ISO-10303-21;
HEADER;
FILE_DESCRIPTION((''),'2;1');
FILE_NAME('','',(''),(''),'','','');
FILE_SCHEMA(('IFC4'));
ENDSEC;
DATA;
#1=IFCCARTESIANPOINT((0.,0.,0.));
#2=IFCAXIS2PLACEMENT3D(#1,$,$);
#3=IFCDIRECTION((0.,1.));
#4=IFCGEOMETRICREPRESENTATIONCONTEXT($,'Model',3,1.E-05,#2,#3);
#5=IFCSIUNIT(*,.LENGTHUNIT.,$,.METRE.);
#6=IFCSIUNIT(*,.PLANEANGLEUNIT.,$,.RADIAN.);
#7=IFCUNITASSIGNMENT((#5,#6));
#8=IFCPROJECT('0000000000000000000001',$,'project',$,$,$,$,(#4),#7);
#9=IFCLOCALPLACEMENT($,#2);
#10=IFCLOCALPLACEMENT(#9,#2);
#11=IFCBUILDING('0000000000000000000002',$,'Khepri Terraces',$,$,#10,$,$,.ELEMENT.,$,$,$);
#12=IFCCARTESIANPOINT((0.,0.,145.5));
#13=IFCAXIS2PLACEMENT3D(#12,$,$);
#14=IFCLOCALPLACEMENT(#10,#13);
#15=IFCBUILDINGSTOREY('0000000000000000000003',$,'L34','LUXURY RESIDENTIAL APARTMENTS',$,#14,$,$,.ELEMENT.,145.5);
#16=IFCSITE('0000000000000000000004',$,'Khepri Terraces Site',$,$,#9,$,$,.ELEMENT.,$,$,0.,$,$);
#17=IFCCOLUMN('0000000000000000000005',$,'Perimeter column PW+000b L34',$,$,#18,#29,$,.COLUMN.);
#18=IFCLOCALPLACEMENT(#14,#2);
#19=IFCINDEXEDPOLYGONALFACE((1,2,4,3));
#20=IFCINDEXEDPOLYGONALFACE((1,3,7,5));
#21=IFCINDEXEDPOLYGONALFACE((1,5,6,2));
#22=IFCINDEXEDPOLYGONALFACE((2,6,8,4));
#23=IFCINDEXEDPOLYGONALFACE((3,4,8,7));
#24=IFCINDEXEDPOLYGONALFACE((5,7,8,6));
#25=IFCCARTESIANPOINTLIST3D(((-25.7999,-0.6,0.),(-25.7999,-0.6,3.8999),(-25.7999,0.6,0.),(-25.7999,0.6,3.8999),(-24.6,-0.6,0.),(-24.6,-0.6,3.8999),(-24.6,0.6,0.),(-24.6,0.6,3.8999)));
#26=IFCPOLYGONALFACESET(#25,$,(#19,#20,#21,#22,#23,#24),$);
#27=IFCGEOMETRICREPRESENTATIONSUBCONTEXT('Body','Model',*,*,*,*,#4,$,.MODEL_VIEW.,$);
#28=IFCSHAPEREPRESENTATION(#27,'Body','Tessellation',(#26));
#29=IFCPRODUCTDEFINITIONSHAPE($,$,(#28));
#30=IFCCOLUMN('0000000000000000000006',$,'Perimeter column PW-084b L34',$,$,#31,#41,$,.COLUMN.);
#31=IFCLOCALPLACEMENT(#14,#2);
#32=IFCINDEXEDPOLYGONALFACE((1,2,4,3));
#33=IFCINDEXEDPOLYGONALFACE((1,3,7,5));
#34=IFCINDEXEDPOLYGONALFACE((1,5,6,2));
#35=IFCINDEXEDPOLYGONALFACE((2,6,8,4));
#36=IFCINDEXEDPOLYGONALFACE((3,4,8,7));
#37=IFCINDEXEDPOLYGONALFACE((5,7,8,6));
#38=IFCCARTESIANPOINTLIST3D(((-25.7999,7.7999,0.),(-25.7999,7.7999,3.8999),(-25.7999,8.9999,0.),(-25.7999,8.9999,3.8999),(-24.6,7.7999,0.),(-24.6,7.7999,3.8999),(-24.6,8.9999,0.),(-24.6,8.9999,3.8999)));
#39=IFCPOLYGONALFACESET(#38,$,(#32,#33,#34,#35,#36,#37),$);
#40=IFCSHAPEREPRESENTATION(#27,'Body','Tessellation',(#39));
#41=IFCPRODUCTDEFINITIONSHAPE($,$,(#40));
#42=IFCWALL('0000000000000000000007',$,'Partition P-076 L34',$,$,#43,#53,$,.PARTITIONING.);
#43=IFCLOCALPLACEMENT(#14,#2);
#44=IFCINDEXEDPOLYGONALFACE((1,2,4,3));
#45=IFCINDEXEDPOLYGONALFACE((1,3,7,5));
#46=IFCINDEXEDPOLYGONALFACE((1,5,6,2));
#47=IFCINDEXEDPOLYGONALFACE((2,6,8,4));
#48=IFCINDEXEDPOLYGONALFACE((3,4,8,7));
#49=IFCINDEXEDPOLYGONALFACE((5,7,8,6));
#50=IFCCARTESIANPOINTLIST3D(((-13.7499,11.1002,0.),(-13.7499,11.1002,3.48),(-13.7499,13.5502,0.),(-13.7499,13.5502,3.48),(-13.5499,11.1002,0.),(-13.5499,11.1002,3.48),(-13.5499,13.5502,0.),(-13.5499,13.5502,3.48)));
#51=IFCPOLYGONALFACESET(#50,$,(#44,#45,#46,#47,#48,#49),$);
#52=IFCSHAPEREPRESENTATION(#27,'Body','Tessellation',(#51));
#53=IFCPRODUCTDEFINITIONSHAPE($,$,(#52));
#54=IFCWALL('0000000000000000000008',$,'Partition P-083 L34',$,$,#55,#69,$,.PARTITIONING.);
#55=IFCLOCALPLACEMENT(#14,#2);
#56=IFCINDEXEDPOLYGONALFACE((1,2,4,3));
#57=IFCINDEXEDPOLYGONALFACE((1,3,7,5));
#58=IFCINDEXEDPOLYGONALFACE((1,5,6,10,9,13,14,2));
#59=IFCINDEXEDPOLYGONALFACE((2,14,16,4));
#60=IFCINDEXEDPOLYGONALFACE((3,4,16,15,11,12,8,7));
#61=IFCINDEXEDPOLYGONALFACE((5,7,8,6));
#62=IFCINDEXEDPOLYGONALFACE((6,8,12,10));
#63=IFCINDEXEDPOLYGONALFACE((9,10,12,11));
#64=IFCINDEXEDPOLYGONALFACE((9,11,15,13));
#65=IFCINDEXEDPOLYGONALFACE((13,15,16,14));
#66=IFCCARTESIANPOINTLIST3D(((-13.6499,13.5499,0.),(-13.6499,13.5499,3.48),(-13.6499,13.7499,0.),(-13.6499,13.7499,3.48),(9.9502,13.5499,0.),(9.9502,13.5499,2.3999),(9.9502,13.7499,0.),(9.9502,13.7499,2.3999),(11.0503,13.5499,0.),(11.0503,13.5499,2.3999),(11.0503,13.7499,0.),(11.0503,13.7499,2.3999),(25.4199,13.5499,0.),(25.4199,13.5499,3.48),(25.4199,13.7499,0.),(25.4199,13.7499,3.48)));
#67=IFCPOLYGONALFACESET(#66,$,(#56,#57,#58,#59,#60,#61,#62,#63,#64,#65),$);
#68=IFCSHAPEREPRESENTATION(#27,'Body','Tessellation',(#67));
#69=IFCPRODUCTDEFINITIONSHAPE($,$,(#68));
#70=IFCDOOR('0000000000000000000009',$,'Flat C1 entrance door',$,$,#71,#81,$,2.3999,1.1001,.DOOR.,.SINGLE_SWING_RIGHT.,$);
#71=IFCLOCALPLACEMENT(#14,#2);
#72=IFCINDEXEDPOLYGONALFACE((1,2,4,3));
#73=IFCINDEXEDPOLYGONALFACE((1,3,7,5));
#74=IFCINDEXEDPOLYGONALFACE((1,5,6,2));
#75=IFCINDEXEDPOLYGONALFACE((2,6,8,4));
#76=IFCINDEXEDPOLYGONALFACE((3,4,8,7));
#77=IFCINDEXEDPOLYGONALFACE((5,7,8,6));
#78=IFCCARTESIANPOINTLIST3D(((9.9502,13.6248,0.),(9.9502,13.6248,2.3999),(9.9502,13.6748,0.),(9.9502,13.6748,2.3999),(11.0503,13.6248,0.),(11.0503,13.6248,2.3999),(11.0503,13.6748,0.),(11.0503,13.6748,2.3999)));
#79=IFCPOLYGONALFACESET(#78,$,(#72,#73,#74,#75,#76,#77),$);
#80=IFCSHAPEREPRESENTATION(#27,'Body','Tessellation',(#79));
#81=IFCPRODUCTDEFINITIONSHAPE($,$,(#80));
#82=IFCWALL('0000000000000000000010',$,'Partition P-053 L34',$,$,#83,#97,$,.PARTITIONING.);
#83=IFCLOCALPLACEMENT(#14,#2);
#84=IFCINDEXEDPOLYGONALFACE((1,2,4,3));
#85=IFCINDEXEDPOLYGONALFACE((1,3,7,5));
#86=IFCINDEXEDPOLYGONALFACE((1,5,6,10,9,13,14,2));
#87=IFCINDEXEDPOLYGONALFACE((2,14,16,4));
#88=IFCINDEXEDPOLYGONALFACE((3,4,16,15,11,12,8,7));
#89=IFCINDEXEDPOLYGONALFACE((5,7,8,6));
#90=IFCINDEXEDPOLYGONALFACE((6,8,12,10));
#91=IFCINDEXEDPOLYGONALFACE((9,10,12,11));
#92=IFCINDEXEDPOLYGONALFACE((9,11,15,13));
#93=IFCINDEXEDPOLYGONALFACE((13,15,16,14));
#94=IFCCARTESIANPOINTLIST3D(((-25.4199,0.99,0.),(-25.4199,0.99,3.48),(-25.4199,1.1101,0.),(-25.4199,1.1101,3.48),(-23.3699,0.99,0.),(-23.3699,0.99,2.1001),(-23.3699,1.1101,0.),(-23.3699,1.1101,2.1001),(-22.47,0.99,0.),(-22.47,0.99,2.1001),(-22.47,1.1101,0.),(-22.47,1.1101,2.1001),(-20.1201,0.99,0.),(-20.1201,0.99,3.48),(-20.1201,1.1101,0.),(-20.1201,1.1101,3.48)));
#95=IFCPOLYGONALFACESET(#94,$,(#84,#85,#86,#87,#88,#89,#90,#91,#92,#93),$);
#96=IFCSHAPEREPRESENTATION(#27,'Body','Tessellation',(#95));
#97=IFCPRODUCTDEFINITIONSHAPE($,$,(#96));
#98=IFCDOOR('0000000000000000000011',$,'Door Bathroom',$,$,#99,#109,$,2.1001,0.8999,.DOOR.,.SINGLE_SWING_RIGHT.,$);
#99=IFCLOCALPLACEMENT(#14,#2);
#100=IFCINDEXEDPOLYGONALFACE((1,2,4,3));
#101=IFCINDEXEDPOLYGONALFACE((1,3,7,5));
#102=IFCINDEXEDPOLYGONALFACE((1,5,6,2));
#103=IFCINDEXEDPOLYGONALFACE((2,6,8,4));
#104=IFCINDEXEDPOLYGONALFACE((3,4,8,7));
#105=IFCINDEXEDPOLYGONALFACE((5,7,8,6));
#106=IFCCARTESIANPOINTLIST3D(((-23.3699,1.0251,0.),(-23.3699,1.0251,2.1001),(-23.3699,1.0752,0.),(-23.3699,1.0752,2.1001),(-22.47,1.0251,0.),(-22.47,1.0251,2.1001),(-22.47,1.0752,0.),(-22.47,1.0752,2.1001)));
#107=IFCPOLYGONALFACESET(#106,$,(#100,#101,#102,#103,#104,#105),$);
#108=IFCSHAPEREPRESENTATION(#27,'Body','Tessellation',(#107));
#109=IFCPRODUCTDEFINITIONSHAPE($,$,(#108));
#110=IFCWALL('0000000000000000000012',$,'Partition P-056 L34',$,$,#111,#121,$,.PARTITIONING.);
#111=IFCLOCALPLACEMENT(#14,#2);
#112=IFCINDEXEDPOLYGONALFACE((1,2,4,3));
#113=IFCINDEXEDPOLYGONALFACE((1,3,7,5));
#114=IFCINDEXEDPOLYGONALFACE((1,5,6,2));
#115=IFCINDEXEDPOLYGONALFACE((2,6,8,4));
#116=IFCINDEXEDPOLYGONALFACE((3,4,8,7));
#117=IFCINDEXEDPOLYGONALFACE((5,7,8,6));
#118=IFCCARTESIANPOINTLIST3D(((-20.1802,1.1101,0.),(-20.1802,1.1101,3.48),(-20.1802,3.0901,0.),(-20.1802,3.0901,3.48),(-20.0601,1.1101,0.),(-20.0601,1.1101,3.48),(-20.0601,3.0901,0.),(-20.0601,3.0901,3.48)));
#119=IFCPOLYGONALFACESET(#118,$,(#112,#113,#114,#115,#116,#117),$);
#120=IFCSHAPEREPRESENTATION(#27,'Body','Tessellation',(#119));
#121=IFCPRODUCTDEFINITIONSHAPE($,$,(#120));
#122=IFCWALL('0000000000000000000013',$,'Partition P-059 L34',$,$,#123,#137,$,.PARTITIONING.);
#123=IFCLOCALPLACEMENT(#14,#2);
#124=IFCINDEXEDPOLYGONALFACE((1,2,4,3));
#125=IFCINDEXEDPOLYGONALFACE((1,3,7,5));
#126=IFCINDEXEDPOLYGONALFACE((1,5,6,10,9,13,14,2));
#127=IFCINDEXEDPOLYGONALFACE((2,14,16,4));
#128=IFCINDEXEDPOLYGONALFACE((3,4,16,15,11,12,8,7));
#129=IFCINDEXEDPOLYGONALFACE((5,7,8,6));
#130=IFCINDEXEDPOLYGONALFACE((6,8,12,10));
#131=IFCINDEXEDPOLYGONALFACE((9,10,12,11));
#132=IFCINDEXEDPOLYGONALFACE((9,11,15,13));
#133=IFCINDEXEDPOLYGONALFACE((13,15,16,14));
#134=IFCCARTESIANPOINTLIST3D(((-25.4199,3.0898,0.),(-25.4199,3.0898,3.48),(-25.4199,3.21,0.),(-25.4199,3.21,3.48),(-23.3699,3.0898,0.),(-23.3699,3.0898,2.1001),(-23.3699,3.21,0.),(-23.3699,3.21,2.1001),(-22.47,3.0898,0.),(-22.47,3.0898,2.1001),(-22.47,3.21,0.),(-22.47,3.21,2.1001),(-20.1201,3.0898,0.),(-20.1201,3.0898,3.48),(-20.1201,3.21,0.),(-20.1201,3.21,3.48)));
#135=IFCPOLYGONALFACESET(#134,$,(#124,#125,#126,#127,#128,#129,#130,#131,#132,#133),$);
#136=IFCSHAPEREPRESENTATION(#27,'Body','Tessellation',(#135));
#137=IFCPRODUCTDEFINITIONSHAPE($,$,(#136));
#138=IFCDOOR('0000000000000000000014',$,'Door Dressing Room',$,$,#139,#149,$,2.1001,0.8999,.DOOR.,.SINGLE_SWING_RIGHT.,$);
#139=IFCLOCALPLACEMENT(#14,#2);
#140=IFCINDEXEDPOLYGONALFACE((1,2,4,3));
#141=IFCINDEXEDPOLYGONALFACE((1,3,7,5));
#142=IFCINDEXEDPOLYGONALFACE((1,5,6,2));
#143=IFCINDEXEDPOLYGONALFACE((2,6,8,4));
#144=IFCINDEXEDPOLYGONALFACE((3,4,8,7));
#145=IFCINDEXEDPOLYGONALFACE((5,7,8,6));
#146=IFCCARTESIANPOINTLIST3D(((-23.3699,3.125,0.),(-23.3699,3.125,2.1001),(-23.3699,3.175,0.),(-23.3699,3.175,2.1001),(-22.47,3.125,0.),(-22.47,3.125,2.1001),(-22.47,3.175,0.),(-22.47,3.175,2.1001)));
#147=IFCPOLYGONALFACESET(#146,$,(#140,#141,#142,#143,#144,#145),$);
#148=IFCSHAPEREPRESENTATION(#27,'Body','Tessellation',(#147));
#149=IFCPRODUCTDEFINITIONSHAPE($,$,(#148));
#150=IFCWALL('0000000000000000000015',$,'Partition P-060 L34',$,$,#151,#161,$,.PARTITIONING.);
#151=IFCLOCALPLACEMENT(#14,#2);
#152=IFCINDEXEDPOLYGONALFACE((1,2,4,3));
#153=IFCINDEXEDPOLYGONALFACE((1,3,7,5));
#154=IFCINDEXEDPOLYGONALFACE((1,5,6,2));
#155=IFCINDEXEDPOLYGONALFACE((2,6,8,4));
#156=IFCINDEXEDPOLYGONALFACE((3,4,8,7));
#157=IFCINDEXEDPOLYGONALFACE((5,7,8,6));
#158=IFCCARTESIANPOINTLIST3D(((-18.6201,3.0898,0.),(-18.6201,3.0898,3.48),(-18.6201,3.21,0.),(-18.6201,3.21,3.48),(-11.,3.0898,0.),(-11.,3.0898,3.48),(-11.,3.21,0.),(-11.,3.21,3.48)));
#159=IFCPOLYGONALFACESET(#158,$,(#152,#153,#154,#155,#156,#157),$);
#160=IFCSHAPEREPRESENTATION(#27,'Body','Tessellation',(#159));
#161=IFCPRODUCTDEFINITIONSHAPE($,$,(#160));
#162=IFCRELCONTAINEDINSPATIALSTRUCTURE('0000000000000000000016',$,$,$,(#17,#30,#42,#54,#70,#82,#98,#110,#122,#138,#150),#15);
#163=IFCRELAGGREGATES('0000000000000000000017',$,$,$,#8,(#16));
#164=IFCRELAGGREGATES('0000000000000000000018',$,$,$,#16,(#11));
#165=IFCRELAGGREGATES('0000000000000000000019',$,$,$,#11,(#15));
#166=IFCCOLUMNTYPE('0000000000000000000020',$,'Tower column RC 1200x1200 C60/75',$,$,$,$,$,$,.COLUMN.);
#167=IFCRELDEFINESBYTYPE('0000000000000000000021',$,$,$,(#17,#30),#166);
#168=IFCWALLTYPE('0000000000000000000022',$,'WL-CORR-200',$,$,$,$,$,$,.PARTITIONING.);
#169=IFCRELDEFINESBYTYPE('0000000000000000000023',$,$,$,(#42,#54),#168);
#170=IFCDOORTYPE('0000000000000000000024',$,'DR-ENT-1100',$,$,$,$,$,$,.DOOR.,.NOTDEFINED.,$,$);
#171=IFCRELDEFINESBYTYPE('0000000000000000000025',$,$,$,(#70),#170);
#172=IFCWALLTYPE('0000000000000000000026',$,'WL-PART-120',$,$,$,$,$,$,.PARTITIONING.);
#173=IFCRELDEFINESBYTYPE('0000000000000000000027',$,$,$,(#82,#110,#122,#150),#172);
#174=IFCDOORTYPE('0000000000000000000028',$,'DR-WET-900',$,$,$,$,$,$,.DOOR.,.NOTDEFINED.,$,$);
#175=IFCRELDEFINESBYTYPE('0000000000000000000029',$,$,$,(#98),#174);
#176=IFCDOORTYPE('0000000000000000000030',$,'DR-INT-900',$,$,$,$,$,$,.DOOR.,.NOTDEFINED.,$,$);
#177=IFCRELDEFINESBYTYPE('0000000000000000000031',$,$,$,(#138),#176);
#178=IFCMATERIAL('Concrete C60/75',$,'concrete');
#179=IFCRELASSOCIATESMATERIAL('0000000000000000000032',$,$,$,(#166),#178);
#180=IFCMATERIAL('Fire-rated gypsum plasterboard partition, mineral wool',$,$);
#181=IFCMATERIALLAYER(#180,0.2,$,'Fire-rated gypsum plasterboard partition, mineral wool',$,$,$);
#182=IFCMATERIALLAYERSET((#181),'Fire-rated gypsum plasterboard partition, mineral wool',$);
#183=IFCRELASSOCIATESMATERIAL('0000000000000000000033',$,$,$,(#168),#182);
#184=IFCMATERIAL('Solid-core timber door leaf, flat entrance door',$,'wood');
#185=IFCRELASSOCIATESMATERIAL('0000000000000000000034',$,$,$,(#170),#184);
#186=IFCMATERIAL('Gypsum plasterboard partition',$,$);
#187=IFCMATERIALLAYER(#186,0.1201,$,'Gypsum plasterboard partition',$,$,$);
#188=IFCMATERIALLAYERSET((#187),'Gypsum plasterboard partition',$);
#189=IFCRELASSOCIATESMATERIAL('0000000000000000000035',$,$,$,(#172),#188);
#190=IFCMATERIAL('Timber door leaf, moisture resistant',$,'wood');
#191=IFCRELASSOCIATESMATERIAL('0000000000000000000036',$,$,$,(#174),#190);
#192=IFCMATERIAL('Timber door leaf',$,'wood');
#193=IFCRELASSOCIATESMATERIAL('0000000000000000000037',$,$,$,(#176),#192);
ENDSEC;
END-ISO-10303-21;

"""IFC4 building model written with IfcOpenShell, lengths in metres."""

from ifc_helpers import new_model, si_unit, direction, frame, frame_2d, origin, origin_2d, place, context, subcontext, project, spatial, rectangle, extrude, material, layer, layer_set, material_profile, profile_set, type_object, element, fill, save


model = new_model("IFC4")

# Units and contexts
model_context = context("Model", 3, precision=1e-05, world=origin(), true_north=direction((0.0, 1.0)))
body_context = subcontext(model_context, "Body", "Model", "MODEL_VIEW")
ifc_project = project(units=[si_unit("LENGTHUNIT", "METRE"), si_unit("PLANEANGLEUNIT", "RADIAN")], contexts=[model_context])

# Site, building, storey
site_placement = place(None, origin())
site = spatial("IfcSite", under=ifc_project, at=site_placement, Name="Khepri Terraces Site", CompositionType="ELEMENT", RefElevation=0.0)
building_placement = place(site_placement, origin())
building = spatial("IfcBuilding", under=site, at=building_placement, Name="Khepri Terraces", CompositionType="ELEMENT")
storey_placement = place(building_placement, frame((0.0, 0.0, 145.5)))
storey = spatial("IfcBuildingStorey", under=building, at=storey_placement, Name="L34", Description="LUXURY RESIDENTIAL APARTMENTS", CompositionType="ELEMENT", Elevation=145.5)

# Columns
ifc_material_1 = material(Name="Concrete C60/75", Category="concrete")
ifc_material_profile = material_profile(ifc_material_1, rectangle(XDim=1.2, YDim=1.2, at=origin_2d()), Name="Concrete C60/75", Category="concrete")
ifc_profile_set = profile_set([ifc_material_profile], Name="Concrete C60/75")
column_type = type_object("IfcColumnType", Name="Tower column RC 1200x1200 C60/75", PredefinedType="COLUMN", material=ifc_profile_set)
for number, where, z_axis, x_axis, name in (
    (1, (-25.2, 0.0, 0.0), (0.0, 0.0, 1.0), (1.0, 0.0, 0.0), "Perimeter column PW+000b L34"),
    (2, (-25.2, 8.3999, 0.0), (0.0, 0.0, 1.0), (1.0, 0.0, 0.0), "Perimeter column PW-084b L34"),
):
    element("IfcColumn", number, at=place(storey_placement, frame(where, z_axis=z_axis, x_axis=x_axis)), inside=storey, type_object=column_type, Name=name, PredefinedType="COLUMN", context=body_context, shape_type="SweptSolid", body=[
        extrude(rectangle(XDim=1.2, YDim=1.2, at=origin_2d()), origin(), (0.0, 0.0, 1.0), 3.8999),
    ])

# Shared definitions
ifc_material_2 = material(Name="Fire-rated gypsum plasterboard partition, mineral wool")
ifc_layer_1 = layer(ifc_material_2, 0.2, Name="Fire-rated gypsum plasterboard partition, mineral wool")
ifc_layer_set_1 = layer_set([ifc_layer_1], Name="Fire-rated gypsum plasterboard partition, mineral wool")
wall_type_1 = type_object("IfcWallType", Name="WL-CORR-200", PredefinedType="PARTITIONING", material=ifc_layer_set_1)
ifc_material_3 = material(Name="Solid-core timber door leaf, flat entrance door", Category="wood")
door_type_1 = type_object("IfcDoorType", Name="DR-ENT-1100", OperationType="NOTDEFINED", PredefinedType="DOOR", material=ifc_material_3)

# Wall
wall_1_placement = place(storey_placement, frame((-13.6499, 11.1001, 0.0), z_axis=(0.0, 0.0, 1.0), x_axis=(0.0, 1.0, 0.0)))
element("IfcWall", 3, at=wall_1_placement, inside=storey, type_object=wall_type_1, Name="Partition P-076 L34", PredefinedType="PARTITIONING", context=body_context, shape_type="SweptSolid", body=[
    extrude(rectangle(XDim=2.45, YDim=0.2, at=frame_2d((1.2251, 0.0))), origin(), (0.0, 0.0, 1.0), 3.48),
])

# Wall, opening, door
wall_2_placement = place(storey_placement, frame((-13.6499, 13.6499, 0.0), z_axis=(0.0, 0.0, 1.0), x_axis=(1.0, 0.0, 0.0)))
wall_2 = element("IfcWall", 4, at=wall_2_placement, inside=storey, type_object=wall_type_1, Name="Partition P-083 L34", PredefinedType="PARTITIONING", context=body_context, shape_type="SweptSolid", body=[
    extrude(rectangle(XDim=39.0698, YDim=0.2, at=frame_2d((19.5349, 0.0))), origin(), (0.0, 0.0, 1.0), 3.48),
])
opening_1_placement = place(wall_2_placement, frame((23.6001, 0.0, 0.0)))
opening_1 = element("IfcOpeningElement", 5, at=opening_1_placement, cuts=wall_2, PredefinedType="OPENING", context=body_context, shape_type="SweptSolid", body=[
    extrude(rectangle(XDim=1.1001, YDim=2.3999, at=frame_2d((0.55, 1.2))), frame((0.0, 0.1099, 0.0), z_axis=(0.0, -1.0, 0.0), x_axis=(1.0, 0.0, 0.0)), (0.0, 0.0, 1.0), 0.22),
])
door_1_placement = place(opening_1_placement, origin())
door_1 = element("IfcDoor", 6, at=door_1_placement, inside=storey, type_object=door_type_1, Name="Flat C1 entrance door", OperationType="SINGLE_SWING_RIGHT", OverallHeight=2.3999, OverallWidth=1.1001, PredefinedType="DOOR", context=body_context, shape_type="SweptSolid", body=[
    extrude(rectangle(XDim=1.1001, YDim=2.3999, at=frame_2d((0.55, 1.2))), frame((0.0, 0.0249, 0.0), z_axis=(0.0, -1.0, 0.0), x_axis=(1.0, 0.0, 0.0)), (0.0, 0.0, 1.0), 0.05),
])
fill(opening_1, door_1)

# Wall, opening, door
ifc_material_4 = material(Name="Gypsum plasterboard partition")
ifc_layer_2 = layer(ifc_material_4, 0.1201, Name="Gypsum plasterboard partition")
ifc_layer_set_2 = layer_set([ifc_layer_2], Name="Gypsum plasterboard partition")
wall_type_2 = type_object("IfcWallType", Name="WL-PART-120", PredefinedType="PARTITIONING", material=ifc_layer_set_2)
wall_3_placement = place(storey_placement, frame((-25.4199, 1.05, 0.0), z_axis=(0.0, 0.0, 1.0), x_axis=(1.0, 0.0, 0.0)))
wall_3 = element("IfcWall", 7, at=wall_3_placement, inside=storey, type_object=wall_type_2, Name="Partition P-053 L34", PredefinedType="PARTITIONING", context=body_context, shape_type="SweptSolid", body=[
    extrude(rectangle(XDim=5.2998, YDim=0.1201, at=frame_2d((2.6499, 0.0))), origin(), (0.0, 0.0, 1.0), 3.48),
])
opening_2_placement = place(wall_3_placement, frame((2.05, 0.0, 0.0)))
opening_2 = element("IfcOpeningElement", 8, at=opening_2_placement, cuts=wall_3, PredefinedType="OPENING", context=body_context, shape_type="SweptSolid", body=[
    extrude(rectangle(XDim=0.8999, YDim=2.1001, at=frame_2d((0.45, 1.05))), frame((0.0, 0.0701, 0.0), z_axis=(0.0, -1.0, 0.0), x_axis=(1.0, 0.0, 0.0)), (0.0, 0.0, 1.0), 0.1401),
])
ifc_material_5 = material(Name="Timber door leaf, moisture resistant", Category="wood")
door_type_2 = type_object("IfcDoorType", Name="DR-WET-900", OperationType="NOTDEFINED", PredefinedType="DOOR", material=ifc_material_5)
door_2_placement = place(opening_2_placement, frame((0.8999, 0.0, 0.0), z_axis=(0.0, 0.0, 1.0), x_axis=(-1.0, 0.0, 0.0)))
door_2 = element("IfcDoor", 9, at=door_2_placement, inside=storey, type_object=door_type_2, Name="Door Bathroom", OperationType="SINGLE_SWING_RIGHT", OverallHeight=2.1001, OverallWidth=0.8999, PredefinedType="DOOR", context=body_context, shape_type="SweptSolid", body=[
    extrude(rectangle(XDim=0.8999, YDim=2.1001, at=frame_2d((0.45, 1.05))), frame((0.0, 0.0249, 0.0), z_axis=(0.0, -1.0, 0.0), x_axis=(1.0, 0.0, 0.0)), (0.0, 0.0, 1.0), 0.05),
])
fill(opening_2, door_2)

# Wall
wall_4_placement = place(storey_placement, frame((-20.1201, 1.1101, 0.0), z_axis=(0.0, 0.0, 1.0), x_axis=(0.0, 1.0, 0.0)))
element("IfcWall", 10, at=wall_4_placement, inside=storey, type_object=wall_type_2, Name="Partition P-056 L34", PredefinedType="PARTITIONING", context=body_context, shape_type="SweptSolid", body=[
    extrude(rectangle(XDim=1.98, YDim=0.1201, at=frame_2d((0.99, 0.0))), origin(), (0.0, 0.0, 1.0), 3.48),
])

# Wall, opening, door
wall_5_placement = place(storey_placement, frame((-25.4199, 3.1499, 0.0), z_axis=(0.0, 0.0, 1.0), x_axis=(1.0, 0.0, 0.0)))
wall_5 = element("IfcWall", 11, at=wall_5_placement, inside=storey, type_object=wall_type_2, Name="Partition P-059 L34", PredefinedType="PARTITIONING", context=body_context, shape_type="SweptSolid", body=[
    extrude(rectangle(XDim=5.2998, YDim=0.1201, at=frame_2d((2.6499, 0.0))), origin(), (0.0, 0.0, 1.0), 3.48),
])
opening_3_placement = place(wall_5_placement, frame((2.05, 0.0, 0.0)))
opening_3 = element("IfcOpeningElement", 12, at=opening_3_placement, cuts=wall_5, PredefinedType="OPENING", context=body_context, shape_type="SweptSolid", body=[
    extrude(rectangle(XDim=0.8999, YDim=2.1001, at=frame_2d((0.45, 1.05))), frame((0.0, 0.0701, 0.0), z_axis=(0.0, -1.0, 0.0), x_axis=(1.0, 0.0, 0.0)), (0.0, 0.0, 1.0), 0.1401),
])
ifc_material_6 = material(Name="Timber door leaf", Category="wood")
door_type_3 = type_object("IfcDoorType", Name="DR-INT-900", OperationType="NOTDEFINED", PredefinedType="DOOR", material=ifc_material_6)
door_3_placement = place(opening_3_placement, frame((0.8999, 0.0, 0.0), z_axis=(0.0, 0.0, 1.0), x_axis=(-1.0, 0.0, 0.0)))
door_3 = element("IfcDoor", 13, at=door_3_placement, inside=storey, type_object=door_type_3, Name="Door Dressing Room", OperationType="SINGLE_SWING_RIGHT", OverallHeight=2.1001, OverallWidth=0.8999, PredefinedType="DOOR", context=body_context, shape_type="SweptSolid", body=[
    extrude(rectangle(XDim=0.8999, YDim=2.1001, at=frame_2d((0.45, 1.05))), frame((0.0, 0.0249, 0.0), z_axis=(0.0, -1.0, 0.0), x_axis=(1.0, 0.0, 0.0)), (0.0, 0.0, 1.0), 0.05),
])
fill(opening_3, door_3)

# Wall
wall_6_placement = place(storey_placement, frame((-18.6201, 3.1499, 0.0), z_axis=(0.0, 0.0, 1.0), x_axis=(1.0, 0.0, 0.0)))
element("IfcWall", 14, at=wall_6_placement, inside=storey, type_object=wall_type_2, Name="Partition P-060 L34", PredefinedType="PARTITIONING", context=body_context, shape_type="SweptSolid", body=[
    extrude(rectangle(XDim=7.6201, YDim=0.1201, at=frame_2d((3.8101, 0.0))), origin(), (0.0, 0.0, 1.0), 3.48),
])

save(model, "model.ifc")
